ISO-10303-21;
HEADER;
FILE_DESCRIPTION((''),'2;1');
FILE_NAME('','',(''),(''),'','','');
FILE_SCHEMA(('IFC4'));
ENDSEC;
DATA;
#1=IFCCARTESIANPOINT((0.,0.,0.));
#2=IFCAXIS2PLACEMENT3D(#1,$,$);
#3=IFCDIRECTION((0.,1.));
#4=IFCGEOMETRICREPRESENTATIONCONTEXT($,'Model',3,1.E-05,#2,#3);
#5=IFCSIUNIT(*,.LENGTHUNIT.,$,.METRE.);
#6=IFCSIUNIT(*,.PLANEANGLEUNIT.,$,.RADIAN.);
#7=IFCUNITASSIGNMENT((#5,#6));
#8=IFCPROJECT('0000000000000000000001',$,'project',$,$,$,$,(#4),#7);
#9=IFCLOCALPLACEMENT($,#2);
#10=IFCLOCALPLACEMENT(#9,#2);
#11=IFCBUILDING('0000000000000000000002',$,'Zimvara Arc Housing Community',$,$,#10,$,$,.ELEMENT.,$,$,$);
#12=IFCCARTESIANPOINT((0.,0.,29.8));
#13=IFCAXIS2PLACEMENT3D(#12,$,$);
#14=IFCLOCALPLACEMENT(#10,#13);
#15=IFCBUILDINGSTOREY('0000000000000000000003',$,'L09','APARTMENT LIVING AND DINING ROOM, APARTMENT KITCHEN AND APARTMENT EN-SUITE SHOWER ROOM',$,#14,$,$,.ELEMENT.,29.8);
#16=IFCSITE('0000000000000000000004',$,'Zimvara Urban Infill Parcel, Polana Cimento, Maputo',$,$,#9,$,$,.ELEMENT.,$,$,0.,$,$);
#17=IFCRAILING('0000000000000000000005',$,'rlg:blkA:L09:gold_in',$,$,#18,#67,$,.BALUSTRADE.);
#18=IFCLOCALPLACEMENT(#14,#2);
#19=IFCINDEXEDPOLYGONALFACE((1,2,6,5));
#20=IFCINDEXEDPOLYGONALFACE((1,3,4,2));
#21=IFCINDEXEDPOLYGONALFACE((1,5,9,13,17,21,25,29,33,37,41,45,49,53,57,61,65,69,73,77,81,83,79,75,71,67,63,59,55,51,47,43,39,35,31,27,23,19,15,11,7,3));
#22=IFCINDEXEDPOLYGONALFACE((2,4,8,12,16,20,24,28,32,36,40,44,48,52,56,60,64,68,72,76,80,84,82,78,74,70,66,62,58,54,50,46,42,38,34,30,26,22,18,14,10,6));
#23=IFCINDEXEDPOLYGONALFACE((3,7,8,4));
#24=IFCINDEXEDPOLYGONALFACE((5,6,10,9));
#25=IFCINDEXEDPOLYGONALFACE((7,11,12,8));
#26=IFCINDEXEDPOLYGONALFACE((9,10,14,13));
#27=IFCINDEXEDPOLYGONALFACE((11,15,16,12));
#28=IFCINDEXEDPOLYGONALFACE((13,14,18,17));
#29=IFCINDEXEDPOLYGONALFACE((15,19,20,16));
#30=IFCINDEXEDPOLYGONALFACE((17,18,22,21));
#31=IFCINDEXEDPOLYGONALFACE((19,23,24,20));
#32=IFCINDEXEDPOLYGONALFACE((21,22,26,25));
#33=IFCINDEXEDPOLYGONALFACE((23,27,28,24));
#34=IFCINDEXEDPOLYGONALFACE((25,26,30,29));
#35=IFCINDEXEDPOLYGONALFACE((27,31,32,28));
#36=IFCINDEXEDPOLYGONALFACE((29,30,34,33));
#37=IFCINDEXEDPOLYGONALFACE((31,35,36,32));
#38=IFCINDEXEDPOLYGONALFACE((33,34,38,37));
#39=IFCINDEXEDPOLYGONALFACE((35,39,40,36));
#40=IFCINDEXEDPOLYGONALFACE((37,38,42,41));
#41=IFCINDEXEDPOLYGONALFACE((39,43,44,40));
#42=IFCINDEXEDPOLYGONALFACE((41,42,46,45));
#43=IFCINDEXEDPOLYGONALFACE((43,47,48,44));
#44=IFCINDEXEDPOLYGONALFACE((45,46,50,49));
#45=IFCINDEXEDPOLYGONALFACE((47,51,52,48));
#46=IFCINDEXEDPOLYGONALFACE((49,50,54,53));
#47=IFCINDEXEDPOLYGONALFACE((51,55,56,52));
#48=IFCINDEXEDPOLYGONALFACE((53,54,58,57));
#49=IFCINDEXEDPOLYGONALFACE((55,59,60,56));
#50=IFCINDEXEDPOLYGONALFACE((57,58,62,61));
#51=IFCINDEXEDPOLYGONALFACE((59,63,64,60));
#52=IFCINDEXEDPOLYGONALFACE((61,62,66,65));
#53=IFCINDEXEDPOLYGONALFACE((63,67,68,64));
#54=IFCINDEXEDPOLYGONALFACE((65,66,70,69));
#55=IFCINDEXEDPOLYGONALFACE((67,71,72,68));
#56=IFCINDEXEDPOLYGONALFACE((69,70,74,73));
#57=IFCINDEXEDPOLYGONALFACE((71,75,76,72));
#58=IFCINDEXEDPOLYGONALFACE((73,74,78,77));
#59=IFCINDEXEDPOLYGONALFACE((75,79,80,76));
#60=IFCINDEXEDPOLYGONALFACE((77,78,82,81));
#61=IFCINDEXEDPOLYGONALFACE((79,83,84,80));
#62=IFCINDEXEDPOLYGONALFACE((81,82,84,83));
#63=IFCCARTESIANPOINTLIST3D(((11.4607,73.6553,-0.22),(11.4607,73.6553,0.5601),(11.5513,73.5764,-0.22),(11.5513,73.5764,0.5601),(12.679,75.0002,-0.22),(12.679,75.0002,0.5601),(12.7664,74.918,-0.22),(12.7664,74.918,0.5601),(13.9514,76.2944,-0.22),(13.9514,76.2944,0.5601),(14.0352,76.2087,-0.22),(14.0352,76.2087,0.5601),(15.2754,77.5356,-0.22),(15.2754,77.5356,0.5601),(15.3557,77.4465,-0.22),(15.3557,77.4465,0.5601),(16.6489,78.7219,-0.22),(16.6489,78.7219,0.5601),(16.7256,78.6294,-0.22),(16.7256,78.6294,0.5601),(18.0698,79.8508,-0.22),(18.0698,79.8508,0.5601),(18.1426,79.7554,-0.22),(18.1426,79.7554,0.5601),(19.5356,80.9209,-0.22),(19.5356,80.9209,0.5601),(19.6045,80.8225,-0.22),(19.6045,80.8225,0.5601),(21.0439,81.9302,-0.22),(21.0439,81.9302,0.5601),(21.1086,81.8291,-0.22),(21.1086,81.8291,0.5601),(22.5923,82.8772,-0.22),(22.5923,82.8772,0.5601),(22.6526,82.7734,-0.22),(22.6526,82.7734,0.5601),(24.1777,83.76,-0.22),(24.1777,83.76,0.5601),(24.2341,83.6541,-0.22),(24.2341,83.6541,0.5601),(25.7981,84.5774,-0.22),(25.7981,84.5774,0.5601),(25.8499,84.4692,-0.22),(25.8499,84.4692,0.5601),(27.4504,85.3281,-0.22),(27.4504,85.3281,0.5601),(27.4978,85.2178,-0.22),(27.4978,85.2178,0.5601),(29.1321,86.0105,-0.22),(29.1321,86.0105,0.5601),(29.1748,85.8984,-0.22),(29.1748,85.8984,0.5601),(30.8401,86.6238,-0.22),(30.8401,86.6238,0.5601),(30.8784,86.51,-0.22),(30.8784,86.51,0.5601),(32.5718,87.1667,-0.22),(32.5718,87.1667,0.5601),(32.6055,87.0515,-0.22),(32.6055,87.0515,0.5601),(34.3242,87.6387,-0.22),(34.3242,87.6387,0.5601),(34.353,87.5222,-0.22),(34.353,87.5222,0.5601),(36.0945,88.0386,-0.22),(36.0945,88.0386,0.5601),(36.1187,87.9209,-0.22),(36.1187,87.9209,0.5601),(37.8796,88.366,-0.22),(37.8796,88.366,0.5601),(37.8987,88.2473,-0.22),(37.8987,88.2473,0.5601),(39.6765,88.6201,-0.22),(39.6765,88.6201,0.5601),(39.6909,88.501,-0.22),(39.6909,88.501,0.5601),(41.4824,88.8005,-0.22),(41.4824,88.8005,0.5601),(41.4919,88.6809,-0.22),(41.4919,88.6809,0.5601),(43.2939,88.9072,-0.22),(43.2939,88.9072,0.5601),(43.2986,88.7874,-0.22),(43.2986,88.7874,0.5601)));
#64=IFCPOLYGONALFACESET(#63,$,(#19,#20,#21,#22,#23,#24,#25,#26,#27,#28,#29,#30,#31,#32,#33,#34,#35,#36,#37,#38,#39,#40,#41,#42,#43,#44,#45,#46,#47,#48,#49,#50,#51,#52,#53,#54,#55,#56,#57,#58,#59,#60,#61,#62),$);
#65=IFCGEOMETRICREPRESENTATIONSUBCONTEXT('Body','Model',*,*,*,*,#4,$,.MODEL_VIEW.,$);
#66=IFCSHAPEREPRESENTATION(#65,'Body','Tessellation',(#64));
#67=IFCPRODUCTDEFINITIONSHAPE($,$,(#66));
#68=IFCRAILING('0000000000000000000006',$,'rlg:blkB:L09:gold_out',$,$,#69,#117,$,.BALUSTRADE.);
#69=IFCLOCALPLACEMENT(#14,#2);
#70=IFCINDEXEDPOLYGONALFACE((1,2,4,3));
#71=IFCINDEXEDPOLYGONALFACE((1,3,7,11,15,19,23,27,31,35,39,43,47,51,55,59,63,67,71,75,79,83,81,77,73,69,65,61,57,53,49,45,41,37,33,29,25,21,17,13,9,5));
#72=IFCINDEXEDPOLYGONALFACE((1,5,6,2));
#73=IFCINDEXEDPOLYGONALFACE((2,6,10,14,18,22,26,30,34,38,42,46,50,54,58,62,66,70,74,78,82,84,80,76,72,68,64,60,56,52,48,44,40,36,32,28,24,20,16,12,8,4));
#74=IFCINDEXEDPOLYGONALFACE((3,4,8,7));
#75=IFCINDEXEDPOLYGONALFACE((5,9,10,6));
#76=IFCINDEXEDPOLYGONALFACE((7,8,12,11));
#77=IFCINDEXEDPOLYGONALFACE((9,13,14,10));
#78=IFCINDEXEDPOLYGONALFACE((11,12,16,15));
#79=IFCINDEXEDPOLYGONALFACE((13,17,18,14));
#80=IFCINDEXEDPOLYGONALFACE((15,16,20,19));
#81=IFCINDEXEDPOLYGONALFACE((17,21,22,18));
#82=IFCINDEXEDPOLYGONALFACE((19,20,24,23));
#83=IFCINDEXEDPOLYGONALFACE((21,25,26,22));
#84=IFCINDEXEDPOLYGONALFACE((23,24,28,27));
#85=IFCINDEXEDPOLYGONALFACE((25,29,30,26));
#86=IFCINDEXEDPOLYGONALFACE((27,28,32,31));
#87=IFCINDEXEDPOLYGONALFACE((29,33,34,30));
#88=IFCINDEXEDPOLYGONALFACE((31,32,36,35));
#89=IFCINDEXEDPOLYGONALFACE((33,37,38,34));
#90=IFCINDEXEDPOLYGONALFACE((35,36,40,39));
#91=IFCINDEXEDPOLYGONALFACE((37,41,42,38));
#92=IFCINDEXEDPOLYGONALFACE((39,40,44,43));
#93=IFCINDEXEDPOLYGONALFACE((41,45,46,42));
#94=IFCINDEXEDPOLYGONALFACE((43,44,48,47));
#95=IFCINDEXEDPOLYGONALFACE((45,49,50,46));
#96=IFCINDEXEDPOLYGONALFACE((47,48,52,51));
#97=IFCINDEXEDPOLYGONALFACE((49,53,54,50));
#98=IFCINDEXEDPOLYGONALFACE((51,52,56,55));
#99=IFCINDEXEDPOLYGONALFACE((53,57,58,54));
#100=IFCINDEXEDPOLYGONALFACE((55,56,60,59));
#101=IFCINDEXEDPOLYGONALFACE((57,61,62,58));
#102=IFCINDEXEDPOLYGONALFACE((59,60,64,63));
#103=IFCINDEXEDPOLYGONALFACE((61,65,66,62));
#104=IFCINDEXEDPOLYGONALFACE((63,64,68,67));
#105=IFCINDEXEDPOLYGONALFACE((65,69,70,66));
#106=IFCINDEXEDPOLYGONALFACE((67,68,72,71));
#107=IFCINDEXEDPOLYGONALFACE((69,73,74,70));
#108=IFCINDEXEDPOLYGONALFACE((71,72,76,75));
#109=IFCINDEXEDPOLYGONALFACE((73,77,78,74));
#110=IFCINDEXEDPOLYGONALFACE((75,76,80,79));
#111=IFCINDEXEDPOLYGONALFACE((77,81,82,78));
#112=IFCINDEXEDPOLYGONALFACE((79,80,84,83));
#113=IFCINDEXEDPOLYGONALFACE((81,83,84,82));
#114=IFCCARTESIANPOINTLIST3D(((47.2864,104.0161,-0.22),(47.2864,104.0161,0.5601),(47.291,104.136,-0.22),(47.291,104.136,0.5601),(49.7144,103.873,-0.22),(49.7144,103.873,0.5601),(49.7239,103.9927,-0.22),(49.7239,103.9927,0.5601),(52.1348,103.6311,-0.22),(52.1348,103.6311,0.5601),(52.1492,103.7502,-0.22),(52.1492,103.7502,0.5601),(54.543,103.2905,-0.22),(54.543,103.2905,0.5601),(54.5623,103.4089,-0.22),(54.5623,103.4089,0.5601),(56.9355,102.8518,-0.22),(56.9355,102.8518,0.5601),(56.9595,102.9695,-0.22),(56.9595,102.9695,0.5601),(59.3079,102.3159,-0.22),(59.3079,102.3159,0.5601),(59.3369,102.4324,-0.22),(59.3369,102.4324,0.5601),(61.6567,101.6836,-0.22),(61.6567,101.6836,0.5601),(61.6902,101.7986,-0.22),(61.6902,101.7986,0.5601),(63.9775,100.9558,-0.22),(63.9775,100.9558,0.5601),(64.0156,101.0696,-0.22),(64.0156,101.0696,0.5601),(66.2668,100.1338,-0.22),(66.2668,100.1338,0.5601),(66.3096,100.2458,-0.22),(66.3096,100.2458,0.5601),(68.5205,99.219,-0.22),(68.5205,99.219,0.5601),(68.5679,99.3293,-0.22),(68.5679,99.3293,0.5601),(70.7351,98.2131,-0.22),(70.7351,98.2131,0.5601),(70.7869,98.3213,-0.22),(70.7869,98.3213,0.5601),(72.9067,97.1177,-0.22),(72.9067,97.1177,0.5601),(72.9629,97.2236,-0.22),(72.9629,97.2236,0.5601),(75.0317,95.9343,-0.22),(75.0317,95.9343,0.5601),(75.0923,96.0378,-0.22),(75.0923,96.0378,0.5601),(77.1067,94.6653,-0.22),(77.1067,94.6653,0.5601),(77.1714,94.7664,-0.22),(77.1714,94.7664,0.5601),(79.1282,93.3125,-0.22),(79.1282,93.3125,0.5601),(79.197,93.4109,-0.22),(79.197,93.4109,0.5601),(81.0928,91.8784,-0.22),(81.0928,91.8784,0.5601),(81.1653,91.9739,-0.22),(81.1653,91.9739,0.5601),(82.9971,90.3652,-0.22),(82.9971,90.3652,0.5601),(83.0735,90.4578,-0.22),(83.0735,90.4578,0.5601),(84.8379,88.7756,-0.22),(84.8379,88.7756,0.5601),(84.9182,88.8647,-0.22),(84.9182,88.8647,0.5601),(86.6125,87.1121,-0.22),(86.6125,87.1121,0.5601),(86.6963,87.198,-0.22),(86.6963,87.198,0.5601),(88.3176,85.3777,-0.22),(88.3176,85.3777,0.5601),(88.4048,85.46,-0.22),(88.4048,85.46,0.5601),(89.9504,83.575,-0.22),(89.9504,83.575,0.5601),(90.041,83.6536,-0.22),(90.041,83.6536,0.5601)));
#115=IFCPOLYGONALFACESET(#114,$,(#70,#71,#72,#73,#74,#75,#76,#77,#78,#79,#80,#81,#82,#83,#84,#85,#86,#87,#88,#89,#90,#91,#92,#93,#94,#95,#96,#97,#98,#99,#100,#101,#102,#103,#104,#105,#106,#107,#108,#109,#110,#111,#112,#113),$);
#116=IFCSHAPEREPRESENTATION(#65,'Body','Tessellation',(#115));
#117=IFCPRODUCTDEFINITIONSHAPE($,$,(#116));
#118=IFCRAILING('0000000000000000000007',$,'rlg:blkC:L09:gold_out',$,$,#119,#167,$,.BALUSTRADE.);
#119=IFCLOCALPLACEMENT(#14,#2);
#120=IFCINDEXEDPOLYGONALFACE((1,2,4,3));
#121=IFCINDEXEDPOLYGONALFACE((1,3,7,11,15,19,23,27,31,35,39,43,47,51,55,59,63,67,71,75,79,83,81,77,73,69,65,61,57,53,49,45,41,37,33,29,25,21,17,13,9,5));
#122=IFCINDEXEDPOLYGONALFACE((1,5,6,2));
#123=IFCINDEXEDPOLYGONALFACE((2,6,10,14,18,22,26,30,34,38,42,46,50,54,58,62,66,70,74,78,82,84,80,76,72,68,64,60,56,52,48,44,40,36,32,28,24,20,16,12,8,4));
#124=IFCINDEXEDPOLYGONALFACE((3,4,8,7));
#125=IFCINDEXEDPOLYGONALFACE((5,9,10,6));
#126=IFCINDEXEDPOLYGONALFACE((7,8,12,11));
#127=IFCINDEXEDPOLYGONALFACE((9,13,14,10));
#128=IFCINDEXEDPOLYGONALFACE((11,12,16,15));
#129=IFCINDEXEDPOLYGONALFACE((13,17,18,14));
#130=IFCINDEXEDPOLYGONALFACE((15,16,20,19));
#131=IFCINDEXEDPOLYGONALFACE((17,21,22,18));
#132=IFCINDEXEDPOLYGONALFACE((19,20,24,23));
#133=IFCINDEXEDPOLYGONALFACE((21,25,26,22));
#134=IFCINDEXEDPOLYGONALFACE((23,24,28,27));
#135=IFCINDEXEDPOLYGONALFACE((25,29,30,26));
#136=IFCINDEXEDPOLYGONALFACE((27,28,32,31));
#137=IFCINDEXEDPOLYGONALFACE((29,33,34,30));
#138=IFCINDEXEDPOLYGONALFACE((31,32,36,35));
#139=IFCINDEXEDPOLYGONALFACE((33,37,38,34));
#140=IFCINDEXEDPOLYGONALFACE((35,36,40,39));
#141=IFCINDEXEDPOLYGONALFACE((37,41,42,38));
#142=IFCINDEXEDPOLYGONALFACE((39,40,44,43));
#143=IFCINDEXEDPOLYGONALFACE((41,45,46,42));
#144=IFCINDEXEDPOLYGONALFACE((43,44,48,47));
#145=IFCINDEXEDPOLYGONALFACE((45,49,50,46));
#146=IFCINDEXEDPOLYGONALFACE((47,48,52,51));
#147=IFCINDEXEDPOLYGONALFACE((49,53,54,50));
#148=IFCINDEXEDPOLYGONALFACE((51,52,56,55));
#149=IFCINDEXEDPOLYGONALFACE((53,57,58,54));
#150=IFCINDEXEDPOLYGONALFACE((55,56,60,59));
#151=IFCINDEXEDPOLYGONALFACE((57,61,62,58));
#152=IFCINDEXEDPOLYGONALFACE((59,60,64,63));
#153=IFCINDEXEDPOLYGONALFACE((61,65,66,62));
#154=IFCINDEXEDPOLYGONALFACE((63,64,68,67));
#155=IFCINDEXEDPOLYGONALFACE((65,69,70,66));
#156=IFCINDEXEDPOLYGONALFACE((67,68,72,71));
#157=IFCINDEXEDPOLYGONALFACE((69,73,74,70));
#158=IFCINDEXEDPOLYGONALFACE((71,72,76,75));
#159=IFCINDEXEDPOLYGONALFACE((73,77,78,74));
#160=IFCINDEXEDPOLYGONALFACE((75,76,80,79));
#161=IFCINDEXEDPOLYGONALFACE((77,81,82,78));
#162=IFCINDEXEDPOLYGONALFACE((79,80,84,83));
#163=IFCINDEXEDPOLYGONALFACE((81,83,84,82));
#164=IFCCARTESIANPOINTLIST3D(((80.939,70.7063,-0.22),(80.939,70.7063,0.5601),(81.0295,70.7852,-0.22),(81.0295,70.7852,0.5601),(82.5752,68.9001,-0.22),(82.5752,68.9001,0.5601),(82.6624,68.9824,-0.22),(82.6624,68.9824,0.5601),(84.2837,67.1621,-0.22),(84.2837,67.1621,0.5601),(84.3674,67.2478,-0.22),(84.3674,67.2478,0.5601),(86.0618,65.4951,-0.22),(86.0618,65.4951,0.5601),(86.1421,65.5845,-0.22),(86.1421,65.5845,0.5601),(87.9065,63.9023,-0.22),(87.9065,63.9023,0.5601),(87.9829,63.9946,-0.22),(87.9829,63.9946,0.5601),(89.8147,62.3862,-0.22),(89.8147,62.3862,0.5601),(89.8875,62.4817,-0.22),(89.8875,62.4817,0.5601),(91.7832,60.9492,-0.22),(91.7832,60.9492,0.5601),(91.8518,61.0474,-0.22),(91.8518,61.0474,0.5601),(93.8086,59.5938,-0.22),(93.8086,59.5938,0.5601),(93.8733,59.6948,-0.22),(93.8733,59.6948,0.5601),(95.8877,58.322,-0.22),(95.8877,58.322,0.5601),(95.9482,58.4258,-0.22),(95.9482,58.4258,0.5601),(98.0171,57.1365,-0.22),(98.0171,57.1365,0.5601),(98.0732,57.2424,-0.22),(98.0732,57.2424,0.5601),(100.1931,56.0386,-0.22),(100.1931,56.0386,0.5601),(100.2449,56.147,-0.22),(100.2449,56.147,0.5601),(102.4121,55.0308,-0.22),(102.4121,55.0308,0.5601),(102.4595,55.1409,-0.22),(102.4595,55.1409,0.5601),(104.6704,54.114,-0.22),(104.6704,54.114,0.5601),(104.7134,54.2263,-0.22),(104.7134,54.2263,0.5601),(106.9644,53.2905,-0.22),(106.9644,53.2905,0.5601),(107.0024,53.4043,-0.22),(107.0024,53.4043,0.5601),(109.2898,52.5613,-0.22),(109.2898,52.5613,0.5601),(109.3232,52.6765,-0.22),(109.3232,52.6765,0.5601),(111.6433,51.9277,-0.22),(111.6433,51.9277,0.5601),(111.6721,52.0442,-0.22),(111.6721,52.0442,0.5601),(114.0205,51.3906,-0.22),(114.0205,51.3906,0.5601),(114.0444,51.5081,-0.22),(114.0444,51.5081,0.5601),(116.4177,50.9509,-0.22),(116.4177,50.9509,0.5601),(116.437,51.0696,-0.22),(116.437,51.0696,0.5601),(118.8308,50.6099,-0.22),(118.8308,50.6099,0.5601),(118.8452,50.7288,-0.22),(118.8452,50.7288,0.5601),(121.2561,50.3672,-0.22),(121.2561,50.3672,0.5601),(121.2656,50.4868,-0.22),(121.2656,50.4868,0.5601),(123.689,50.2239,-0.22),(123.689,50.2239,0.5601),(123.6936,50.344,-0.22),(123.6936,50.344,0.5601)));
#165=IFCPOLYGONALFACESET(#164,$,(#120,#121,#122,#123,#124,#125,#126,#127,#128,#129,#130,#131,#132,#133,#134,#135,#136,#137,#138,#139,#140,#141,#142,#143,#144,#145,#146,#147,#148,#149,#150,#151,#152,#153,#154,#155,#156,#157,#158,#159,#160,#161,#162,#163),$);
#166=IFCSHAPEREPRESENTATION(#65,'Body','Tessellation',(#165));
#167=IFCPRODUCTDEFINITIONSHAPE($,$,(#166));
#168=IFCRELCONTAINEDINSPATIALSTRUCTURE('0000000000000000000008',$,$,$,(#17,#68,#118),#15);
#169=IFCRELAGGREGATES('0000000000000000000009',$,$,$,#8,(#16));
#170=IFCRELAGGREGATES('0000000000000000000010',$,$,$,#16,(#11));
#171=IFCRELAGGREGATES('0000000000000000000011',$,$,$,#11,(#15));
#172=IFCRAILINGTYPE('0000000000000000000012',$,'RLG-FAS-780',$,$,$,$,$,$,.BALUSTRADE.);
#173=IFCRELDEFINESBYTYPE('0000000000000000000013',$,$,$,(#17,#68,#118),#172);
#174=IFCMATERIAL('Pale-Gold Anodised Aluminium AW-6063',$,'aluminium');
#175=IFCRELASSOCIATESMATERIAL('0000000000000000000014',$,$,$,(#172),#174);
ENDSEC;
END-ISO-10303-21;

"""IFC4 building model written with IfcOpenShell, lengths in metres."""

from ifc_helpers import new_model, si_unit, direction, frame, origin, place, context, subcontext, project, spatial, polyline, outline, extrude, material, type_object, element, save


model = new_model("IFC4")

# Units and contexts
model_context = context("Model", 3, precision=1e-05, world=origin(), true_north=direction((0.0, 1.0)))
body_context = subcontext(model_context, "Body", "Model", "MODEL_VIEW")
ifc_project = project(units=[si_unit("LENGTHUNIT", "METRE"), si_unit("PLANEANGLEUNIT", "RADIAN")], contexts=[model_context])

# Site, building, storey
site_placement = place(None, origin())
site = spatial("IfcSite", under=ifc_project, at=site_placement, Name="Zimvara Urban Infill Parcel, Polana Cimento, Maputo", CompositionType="ELEMENT", RefElevation=0.0)
building_placement = place(site_placement, origin())
building = spatial("IfcBuilding", under=site, at=building_placement, Name="Zimvara Arc Housing Community", CompositionType="ELEMENT")
storey_placement = place(building_placement, frame((0.0, 0.0, 29.8)))
storey = spatial("IfcBuildingStorey", under=building, at=storey_placement, Name="L09", Description="APARTMENT LIVING AND DINING ROOM, APARTMENT KITCHEN AND APARTMENT EN-SUITE SHOWER ROOM", CompositionType="ELEMENT", Elevation=29.8)

# Railings
ifc_material_1 = material(Name="Pale-Gold Anodised Aluminium AW-6063", Category="aluminium")
railing_type_1 = type_object("IfcRailingType", Name="RLG-FAS-780", PredefinedType="BALUSTRADE", material=ifc_material_1)
railing_1_placement = place(storey_placement, frame((0.0, 0.0, -0.22)))
element("IfcRailing", 1, at=railing_1_placement, inside=storey, type_object=railing_type_1, Name="rlg:blkA:L09:gold_in", PredefinedType="BALUSTRADE", context=body_context, shape_type="SweptSolid", body=[
    extrude(outline(polyline([(11.5513, 73.5764), (12.7664, 74.918), (14.0352, 76.2087), (15.3557, 77.4465), (16.7256, 78.6294), (18.1426, 79.7554), (19.6045, 80.8225), (21.1086, 81.8291), (22.6526, 82.7734), (24.2341, 83.6541), (25.8499, 84.4692), (27.4978, 85.2178), (29.1748, 85.8984), (30.8784, 86.51), (32.6055, 87.0515), (34.353, 87.5222), (36.1187, 87.9209), (37.8987, 88.2473), (39.6909, 88.501), (41.4919, 88.6809), (43.2986, 88.7874), (43.2939, 88.9072), (41.4824, 88.8005), (39.6765, 88.6201), (37.8796, 88.366), (36.0945, 88.0386), (34.3242, 87.6387), (32.5718, 87.1667), (30.8401, 86.6238), (29.1321, 86.0105), (27.4504, 85.3281), (25.7981, 84.5774), (24.1777, 83.76), (22.5923, 82.8772), (21.0439, 81.9302), (19.5356, 80.9209), (18.0698, 79.8508), (16.6489, 78.7219), (15.2754, 77.5356), (13.9514, 76.2944), (12.679, 75.0002), (11.4607, 73.6553), (11.5513, 73.5764)])), origin(), (0.0, 0.0, 1.0), 0.78),
])
railing_2_placement = place(storey_placement, frame((0.0, 0.0, -0.22)))
element("IfcRailing", 2, at=railing_2_placement, inside=storey, type_object=railing_type_1, Name="rlg:blkB:L09:gold_out", PredefinedType="BALUSTRADE", context=body_context, shape_type="SweptSolid", body=[
    extrude(outline(polyline([(47.2864, 104.0161), (49.7144, 103.873), (52.1348, 103.6311), (54.543, 103.2905), (56.9355, 102.8518), (59.3079, 102.3159), (61.6567, 101.6836), (63.9775, 100.9558), (66.2668, 100.1338), (68.5205, 99.219), (70.7351, 98.2131), (72.9067, 97.1177), (75.0317, 95.9343), (77.1067, 94.6653), (79.1282, 93.3125), (81.0928, 91.8784), (82.9971, 90.3652), (84.8379, 88.7756), (86.6125, 87.1121), (88.3176, 85.3777), (89.9504, 83.575), (90.041, 83.6536), (88.4048, 85.46), (86.6963, 87.198), (84.9182, 88.8647), (83.0735, 90.4578), (81.1653, 91.9739), (79.197, 93.4109), (77.1714, 94.7664), (75.0923, 96.0378), (72.9629, 97.2236), (70.7869, 98.3213), (68.5679, 99.3293), (66.3096, 100.2458), (64.0156, 101.0696), (61.6902, 101.7986), (59.3369, 102.4324), (56.9595, 102.9695), (54.5623, 103.4089), (52.1492, 103.7502), (49.7239, 103.9927), (47.291, 104.136), (47.2864, 104.0161)])), origin(), (0.0, 0.0, 1.0), 0.78),
])
railing_3_placement = place(storey_placement, frame((0.0, 0.0, -0.22)))
element("IfcRailing", 3, at=railing_3_placement, inside=storey, type_object=railing_type_1, Name="rlg:blkC:L09:gold_out", PredefinedType="BALUSTRADE", context=body_context, shape_type="SweptSolid", body=[
    extrude(outline(polyline([(80.939, 70.7063), (82.5752, 68.9001), (84.2837, 67.1621), (86.0618, 65.4951), (87.9065, 63.9023), (89.8147, 62.3862), (91.7832, 60.9492), (93.8086, 59.5938), (95.8877, 58.322), (98.0171, 57.1365), (100.1931, 56.0386), (102.4121, 55.0308), (104.6704, 54.114), (106.9644, 53.2905), (109.2898, 52.5613), (111.6433, 51.9277), (114.0205, 51.3906), (116.4177, 50.9509), (118.8308, 50.6099), (121.2561, 50.3672), (123.689, 50.2239), (123.6936, 50.344), (121.2656, 50.4868), (118.8452, 50.7288), (116.437, 51.0696), (114.0444, 51.5081), (111.6721, 52.0442), (109.3232, 52.6765), (107.0024, 53.4043), (104.7134, 54.2263), (102.4595, 55.1409), (100.2449, 56.147), (98.0732, 57.2424), (95.9482, 58.4258), (93.8733, 59.6948), (91.8518, 61.0474), (89.8875, 62.4817), (87.9829, 63.9946), (86.1421, 65.5845), (84.3674, 67.2478), (82.6624, 68.9824), (81.0295, 70.7852), (80.939, 70.7063)])), origin(), (0.0, 0.0, 1.0), 0.78),
])

save(model, "model.ifc")
